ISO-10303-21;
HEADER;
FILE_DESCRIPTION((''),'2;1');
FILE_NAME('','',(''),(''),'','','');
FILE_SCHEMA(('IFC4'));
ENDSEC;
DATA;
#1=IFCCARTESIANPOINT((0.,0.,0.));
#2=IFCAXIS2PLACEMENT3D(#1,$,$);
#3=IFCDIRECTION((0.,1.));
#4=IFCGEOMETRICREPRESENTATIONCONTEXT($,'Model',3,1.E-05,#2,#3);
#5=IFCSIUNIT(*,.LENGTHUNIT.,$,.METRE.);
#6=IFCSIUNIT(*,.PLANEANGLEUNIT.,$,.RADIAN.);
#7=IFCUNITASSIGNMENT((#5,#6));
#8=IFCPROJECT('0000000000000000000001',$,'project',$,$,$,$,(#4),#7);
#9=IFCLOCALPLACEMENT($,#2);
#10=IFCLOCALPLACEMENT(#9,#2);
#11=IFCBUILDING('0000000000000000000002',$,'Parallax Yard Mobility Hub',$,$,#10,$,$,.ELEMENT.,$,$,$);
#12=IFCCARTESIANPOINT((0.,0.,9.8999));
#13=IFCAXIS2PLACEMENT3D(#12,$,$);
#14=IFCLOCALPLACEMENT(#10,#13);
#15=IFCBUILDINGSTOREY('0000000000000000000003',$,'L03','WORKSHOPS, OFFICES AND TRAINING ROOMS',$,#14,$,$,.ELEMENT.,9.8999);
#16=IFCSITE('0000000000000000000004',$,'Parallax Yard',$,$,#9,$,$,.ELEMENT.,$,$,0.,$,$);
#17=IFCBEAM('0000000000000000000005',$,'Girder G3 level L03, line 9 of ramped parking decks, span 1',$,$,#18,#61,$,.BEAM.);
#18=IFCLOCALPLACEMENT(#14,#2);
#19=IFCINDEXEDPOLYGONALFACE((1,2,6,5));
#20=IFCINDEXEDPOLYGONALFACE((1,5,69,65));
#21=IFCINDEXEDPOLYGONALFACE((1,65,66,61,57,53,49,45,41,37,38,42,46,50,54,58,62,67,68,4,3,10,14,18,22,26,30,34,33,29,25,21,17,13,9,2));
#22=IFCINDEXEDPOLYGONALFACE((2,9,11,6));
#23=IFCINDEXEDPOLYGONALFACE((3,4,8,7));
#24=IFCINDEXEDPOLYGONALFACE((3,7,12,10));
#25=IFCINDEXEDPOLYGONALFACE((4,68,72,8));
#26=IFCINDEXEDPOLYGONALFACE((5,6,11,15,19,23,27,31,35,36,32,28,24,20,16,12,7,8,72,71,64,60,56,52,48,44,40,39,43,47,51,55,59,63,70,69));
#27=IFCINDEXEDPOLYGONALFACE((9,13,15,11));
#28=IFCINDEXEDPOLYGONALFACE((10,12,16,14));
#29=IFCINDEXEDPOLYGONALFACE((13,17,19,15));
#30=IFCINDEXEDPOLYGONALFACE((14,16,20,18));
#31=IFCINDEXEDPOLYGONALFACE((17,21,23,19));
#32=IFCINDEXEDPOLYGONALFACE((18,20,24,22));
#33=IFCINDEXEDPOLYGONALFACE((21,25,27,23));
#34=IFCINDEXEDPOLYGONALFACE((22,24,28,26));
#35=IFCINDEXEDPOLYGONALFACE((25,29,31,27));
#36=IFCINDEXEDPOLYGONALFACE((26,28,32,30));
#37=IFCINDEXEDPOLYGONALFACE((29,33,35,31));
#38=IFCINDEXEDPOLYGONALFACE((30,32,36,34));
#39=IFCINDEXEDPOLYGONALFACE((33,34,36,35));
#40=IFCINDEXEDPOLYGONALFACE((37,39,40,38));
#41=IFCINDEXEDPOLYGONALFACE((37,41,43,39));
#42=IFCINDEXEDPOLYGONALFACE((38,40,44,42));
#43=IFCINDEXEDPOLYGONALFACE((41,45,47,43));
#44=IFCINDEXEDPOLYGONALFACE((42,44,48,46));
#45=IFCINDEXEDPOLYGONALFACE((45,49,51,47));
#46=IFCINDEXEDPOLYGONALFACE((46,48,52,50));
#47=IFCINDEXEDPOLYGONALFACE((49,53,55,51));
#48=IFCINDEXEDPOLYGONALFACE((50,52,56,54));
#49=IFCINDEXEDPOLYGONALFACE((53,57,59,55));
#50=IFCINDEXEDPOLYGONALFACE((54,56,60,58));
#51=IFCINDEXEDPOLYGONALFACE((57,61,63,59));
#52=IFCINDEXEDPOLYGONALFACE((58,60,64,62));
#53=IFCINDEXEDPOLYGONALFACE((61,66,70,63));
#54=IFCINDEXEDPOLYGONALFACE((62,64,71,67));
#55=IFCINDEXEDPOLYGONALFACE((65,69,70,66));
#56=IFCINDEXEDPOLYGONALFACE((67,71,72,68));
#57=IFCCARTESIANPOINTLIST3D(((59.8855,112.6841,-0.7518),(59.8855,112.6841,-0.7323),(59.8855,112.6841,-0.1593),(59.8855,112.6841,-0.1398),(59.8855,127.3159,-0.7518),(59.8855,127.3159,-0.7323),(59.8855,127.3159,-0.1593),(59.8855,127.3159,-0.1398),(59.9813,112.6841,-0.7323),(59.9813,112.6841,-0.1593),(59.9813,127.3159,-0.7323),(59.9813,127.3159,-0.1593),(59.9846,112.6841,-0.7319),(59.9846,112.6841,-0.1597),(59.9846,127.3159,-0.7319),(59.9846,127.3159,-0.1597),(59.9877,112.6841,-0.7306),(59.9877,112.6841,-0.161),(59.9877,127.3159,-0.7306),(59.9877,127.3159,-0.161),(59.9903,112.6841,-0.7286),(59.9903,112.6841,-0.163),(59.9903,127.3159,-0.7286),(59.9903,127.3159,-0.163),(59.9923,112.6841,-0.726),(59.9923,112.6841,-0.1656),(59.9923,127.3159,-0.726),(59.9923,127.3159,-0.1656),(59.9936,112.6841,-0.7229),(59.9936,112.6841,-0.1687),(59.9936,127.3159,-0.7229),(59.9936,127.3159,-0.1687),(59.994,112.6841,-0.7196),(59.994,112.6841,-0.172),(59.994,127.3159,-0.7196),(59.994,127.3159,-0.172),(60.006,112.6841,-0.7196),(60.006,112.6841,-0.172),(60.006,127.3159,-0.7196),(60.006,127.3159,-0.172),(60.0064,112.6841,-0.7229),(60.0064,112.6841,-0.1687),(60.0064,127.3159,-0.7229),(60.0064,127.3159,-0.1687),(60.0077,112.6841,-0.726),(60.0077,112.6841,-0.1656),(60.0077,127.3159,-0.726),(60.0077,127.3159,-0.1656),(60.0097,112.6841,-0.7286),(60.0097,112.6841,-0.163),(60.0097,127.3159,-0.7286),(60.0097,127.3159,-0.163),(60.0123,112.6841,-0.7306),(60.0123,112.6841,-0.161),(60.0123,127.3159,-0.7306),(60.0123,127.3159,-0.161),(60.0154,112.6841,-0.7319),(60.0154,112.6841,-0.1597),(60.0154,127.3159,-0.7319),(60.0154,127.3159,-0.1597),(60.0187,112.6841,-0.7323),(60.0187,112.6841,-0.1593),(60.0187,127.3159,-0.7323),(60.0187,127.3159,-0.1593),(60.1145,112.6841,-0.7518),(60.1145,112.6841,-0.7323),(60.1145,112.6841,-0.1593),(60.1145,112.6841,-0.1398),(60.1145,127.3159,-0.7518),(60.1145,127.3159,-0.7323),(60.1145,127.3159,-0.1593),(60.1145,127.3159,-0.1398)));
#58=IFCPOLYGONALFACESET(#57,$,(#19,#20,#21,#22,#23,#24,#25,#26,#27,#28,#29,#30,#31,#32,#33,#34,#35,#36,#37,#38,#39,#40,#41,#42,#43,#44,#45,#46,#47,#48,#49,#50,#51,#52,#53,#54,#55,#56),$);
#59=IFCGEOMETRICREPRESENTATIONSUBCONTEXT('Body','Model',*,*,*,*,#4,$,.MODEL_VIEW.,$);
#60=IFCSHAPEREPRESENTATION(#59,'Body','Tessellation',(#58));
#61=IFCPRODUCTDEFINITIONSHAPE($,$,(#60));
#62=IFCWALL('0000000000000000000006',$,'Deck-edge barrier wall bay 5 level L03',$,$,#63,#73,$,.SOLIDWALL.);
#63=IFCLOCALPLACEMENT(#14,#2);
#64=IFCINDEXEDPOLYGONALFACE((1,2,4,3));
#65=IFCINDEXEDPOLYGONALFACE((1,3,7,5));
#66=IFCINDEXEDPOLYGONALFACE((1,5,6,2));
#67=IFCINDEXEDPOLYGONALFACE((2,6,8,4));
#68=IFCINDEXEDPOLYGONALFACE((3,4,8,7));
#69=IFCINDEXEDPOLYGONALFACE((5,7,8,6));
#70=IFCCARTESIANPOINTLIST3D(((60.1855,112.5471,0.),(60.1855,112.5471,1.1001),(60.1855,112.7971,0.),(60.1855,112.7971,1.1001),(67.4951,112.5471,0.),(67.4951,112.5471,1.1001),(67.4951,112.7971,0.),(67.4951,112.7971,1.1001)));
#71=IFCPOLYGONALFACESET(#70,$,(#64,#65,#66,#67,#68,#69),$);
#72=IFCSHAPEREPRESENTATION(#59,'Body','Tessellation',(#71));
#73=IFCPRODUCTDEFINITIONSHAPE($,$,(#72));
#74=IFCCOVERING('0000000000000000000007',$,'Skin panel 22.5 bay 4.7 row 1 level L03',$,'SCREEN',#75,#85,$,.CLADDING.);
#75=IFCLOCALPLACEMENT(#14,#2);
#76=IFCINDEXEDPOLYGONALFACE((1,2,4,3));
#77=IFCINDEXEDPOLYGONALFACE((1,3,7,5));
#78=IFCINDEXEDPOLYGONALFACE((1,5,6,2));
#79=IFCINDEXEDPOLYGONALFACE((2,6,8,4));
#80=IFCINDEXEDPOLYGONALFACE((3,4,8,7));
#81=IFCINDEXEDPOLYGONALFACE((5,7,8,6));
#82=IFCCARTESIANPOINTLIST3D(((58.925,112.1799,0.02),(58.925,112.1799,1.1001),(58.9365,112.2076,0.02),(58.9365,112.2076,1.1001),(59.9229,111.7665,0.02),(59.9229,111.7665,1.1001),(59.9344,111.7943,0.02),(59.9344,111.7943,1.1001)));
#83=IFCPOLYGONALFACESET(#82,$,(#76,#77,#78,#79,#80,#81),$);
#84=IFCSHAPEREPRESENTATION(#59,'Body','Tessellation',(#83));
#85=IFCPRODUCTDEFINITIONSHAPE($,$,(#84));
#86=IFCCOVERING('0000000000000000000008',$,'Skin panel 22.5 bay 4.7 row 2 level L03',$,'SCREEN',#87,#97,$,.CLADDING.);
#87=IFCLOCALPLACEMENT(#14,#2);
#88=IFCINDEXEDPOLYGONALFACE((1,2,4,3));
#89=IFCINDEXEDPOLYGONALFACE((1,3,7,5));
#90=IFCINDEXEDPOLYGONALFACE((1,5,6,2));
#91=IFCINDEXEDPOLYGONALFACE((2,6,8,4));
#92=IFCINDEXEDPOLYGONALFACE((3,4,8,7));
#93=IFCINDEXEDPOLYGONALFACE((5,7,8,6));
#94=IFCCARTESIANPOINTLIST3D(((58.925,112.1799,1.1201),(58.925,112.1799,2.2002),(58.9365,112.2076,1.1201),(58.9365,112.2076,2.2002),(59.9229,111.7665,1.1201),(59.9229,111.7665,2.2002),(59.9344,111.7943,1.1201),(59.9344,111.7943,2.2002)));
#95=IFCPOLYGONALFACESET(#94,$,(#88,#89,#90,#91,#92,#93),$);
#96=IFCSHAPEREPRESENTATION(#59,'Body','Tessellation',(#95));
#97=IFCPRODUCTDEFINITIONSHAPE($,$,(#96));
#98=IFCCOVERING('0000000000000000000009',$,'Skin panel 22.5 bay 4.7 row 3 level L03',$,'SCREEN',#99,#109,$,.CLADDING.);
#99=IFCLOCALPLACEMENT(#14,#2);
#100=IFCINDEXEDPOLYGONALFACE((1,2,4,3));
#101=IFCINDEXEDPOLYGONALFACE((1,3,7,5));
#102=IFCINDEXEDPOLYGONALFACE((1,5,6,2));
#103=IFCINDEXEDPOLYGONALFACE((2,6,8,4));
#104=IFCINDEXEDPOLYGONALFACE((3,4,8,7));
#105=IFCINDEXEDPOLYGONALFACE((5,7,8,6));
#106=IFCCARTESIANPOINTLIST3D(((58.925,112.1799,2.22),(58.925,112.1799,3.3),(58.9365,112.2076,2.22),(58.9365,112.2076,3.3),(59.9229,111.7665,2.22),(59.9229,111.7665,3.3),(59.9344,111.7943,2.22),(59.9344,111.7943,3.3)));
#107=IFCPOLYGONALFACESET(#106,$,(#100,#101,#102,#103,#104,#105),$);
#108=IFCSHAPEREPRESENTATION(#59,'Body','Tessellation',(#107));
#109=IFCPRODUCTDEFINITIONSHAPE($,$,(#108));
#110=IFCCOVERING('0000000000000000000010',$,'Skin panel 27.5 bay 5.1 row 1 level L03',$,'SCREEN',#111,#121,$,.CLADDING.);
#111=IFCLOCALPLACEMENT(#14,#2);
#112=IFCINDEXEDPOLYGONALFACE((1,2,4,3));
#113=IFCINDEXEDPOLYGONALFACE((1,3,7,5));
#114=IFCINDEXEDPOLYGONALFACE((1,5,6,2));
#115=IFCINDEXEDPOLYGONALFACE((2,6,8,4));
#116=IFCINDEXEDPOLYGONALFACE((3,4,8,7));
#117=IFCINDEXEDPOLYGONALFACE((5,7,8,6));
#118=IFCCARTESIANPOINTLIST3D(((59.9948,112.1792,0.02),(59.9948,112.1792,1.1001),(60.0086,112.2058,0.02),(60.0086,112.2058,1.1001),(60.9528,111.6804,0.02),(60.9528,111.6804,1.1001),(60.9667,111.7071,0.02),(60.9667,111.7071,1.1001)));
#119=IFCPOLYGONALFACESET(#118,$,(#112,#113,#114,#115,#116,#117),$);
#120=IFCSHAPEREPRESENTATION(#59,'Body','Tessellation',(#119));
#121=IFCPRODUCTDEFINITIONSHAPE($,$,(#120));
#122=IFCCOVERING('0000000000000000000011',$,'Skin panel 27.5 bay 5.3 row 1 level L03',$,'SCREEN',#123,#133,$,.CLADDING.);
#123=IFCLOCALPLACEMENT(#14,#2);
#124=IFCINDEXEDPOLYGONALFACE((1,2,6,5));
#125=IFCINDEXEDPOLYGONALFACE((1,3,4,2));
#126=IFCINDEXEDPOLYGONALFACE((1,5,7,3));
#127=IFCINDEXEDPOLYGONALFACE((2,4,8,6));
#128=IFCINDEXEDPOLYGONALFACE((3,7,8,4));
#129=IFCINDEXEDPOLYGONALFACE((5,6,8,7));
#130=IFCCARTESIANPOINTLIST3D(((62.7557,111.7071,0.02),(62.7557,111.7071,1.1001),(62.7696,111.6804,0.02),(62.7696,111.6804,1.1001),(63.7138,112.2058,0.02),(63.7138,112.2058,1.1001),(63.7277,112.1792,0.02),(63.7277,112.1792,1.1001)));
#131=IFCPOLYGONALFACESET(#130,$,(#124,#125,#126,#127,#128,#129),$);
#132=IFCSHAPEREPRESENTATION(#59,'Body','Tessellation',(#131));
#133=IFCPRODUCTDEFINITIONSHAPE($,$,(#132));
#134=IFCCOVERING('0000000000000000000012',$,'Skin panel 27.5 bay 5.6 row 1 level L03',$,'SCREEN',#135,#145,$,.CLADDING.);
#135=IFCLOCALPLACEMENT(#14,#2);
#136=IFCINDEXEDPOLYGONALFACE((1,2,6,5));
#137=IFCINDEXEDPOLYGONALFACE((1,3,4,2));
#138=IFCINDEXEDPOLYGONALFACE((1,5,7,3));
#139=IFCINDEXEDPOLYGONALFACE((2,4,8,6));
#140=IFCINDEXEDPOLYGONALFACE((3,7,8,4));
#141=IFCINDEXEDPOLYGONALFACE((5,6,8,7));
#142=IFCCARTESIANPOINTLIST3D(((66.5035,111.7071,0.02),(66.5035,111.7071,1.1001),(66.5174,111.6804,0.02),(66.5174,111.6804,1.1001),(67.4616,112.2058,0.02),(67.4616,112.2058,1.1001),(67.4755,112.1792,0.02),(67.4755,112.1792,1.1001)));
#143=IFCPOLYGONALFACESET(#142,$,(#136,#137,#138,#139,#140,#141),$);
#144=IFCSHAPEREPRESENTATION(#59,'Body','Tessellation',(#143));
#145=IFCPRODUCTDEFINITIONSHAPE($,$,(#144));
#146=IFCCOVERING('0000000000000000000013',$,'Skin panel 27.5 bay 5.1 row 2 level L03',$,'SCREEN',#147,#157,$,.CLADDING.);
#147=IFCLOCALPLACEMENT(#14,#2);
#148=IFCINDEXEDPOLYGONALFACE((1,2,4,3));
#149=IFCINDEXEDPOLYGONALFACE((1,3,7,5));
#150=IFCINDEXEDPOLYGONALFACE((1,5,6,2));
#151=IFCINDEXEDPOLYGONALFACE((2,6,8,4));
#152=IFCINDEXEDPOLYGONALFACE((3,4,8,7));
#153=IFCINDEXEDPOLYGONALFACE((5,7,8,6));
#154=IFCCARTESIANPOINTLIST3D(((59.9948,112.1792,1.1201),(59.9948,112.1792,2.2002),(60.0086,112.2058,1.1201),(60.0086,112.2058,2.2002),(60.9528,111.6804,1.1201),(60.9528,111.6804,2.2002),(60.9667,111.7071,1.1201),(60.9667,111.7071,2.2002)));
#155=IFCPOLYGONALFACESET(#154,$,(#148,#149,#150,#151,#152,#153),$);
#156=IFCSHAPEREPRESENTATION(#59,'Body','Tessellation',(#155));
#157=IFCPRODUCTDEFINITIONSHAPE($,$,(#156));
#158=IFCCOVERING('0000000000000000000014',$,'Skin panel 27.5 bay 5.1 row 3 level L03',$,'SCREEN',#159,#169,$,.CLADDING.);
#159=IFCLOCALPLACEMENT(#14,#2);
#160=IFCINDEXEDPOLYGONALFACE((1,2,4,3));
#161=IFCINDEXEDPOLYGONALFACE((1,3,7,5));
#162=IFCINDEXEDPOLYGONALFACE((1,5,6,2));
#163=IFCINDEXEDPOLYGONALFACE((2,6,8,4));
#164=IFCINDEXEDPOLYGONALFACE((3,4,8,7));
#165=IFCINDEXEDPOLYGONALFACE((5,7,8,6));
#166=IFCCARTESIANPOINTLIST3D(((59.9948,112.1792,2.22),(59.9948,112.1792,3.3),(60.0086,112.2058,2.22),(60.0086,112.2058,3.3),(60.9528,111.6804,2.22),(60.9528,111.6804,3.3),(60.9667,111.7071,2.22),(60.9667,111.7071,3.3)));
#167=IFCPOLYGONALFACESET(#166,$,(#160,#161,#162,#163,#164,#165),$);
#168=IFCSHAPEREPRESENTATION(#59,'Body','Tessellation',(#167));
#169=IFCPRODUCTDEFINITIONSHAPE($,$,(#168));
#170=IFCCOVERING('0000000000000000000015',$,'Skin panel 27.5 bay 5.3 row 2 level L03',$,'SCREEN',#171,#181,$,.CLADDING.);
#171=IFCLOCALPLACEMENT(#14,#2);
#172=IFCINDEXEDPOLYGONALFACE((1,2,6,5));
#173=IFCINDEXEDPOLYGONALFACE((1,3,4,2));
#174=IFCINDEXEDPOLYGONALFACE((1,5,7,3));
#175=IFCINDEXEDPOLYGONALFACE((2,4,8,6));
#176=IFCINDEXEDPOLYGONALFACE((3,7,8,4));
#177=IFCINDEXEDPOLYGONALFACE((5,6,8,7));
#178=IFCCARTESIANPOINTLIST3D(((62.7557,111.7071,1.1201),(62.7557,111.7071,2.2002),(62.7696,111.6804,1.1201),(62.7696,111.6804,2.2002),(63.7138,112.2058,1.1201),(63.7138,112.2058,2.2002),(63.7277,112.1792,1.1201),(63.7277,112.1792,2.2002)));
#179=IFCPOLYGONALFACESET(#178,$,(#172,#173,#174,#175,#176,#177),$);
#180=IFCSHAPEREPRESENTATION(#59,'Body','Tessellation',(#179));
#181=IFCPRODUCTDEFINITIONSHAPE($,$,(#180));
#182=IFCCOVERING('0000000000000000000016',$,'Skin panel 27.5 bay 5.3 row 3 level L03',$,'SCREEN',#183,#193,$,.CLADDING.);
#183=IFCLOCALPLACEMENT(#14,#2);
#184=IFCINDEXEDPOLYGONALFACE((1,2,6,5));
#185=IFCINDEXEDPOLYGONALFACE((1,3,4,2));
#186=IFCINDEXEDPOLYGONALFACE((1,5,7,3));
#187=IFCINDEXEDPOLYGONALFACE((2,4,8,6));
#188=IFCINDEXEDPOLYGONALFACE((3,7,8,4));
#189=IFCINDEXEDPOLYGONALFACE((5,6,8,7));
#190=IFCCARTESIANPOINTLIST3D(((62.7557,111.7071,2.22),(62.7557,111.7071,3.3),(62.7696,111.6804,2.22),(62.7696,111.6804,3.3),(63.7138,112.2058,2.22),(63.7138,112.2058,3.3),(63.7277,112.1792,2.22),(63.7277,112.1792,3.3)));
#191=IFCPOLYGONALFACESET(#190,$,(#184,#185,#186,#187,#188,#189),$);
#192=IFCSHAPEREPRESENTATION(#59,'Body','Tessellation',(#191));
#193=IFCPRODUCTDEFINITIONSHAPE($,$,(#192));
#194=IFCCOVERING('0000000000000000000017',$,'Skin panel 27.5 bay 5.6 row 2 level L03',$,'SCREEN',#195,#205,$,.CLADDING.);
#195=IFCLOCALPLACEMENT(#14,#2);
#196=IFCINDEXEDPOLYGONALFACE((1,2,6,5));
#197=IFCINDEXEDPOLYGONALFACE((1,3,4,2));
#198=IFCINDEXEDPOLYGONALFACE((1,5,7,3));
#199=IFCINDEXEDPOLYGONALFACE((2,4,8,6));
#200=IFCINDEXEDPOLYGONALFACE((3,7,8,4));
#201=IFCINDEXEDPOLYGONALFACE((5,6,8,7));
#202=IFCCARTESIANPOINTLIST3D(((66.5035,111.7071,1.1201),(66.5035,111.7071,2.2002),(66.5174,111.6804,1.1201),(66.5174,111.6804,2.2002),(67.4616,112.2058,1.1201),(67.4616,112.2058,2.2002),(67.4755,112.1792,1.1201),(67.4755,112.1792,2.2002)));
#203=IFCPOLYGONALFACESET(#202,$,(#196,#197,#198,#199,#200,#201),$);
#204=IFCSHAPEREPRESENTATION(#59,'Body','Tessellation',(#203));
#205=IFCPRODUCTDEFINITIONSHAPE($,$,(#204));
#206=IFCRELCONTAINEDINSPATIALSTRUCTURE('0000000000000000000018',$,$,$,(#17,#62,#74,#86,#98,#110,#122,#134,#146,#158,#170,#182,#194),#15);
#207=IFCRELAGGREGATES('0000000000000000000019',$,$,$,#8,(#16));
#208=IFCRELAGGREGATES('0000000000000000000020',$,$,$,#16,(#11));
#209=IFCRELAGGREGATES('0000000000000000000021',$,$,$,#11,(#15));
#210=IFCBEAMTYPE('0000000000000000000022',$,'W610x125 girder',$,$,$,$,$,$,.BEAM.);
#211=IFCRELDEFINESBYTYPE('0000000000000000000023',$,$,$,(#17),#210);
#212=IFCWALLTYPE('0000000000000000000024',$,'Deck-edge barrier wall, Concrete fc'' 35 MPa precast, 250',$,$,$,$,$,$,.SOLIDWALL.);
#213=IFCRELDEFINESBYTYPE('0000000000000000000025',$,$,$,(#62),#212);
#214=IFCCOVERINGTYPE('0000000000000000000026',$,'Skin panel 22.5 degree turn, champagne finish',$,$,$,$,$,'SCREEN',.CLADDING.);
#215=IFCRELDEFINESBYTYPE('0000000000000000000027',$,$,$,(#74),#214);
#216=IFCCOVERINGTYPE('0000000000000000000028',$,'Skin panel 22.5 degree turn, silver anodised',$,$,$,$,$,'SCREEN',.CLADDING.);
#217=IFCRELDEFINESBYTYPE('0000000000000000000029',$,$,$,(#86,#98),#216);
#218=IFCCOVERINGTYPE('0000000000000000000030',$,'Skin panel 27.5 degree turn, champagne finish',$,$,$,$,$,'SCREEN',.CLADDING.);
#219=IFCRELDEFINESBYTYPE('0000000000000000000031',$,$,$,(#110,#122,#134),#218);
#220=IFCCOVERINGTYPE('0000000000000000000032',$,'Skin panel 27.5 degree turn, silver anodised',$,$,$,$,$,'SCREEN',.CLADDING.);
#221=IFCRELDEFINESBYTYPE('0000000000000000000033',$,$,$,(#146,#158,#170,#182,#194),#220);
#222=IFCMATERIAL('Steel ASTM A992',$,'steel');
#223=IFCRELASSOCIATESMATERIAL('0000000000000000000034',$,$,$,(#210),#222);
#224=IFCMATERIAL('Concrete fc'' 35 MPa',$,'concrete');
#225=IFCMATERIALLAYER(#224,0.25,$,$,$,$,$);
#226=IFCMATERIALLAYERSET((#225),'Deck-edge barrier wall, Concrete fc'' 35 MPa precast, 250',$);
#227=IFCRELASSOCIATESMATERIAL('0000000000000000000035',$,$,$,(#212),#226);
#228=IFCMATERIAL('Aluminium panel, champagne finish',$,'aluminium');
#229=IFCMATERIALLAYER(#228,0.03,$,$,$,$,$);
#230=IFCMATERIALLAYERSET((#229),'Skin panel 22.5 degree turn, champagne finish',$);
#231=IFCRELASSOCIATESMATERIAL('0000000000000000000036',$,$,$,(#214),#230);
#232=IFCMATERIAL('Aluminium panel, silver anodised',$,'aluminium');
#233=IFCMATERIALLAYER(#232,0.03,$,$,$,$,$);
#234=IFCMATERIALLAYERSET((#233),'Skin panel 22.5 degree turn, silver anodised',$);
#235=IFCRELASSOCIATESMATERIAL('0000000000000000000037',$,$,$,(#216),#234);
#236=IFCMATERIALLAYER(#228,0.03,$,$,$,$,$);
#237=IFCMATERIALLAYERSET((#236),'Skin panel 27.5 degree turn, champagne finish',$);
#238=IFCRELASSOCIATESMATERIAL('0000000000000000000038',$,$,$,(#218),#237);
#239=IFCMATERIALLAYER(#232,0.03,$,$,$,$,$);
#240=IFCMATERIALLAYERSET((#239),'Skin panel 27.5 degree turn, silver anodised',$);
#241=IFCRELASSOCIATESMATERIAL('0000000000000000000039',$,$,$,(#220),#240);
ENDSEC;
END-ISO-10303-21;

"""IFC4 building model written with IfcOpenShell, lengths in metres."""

from ifc_helpers import new_model, si_unit, direction, frame, frame_2d, origin, origin_2d, place, context, subcontext, project, spatial, rectangle, i_section, extrude, material, layer, layer_set, material_profile, profile_set, type_object, element, save


model = new_model("IFC4")

# Units and contexts
model_context = context("Model", 3, precision=1e-05, world=origin(), true_north=direction((0.0, 1.0)))
body_context = subcontext(model_context, "Body", "Model", "MODEL_VIEW")
ifc_project = project(units=[si_unit("LENGTHUNIT", "METRE"), si_unit("PLANEANGLEUNIT", "RADIAN")], contexts=[model_context])

# Site, building, storey
site_placement = place(None, origin())
site = spatial("IfcSite", under=ifc_project, at=site_placement, Name="Parallax Yard", CompositionType="ELEMENT", RefElevation=0.0)
building_placement = place(site_placement, origin())
building = spatial("IfcBuilding", under=site, at=building_placement, Name="Parallax Yard Mobility Hub", CompositionType="ELEMENT")
storey_placement = place(building_placement, frame((0.0, 0.0, 9.8999)))
storey = spatial("IfcBuildingStorey", under=building, at=storey_placement, Name="L03", Description="WORKSHOPS, OFFICES AND TRAINING ROOMS", CompositionType="ELEMENT", Elevation=9.8999)

# Shared definitions
ifc_material_1 = material(Name="Steel ASTM A992", Category="steel")

# Beam
ifc_material_profile_1 = material_profile(ifc_material_1, i_section(OverallWidth=0.229, OverallDepth=0.6121, WebThickness=0.012, FlangeThickness=0.0195, FilletRadius=0.0127, at=origin_2d()), Name="W610x125")
ifc_profile_set_1 = profile_set([ifc_material_profile_1], Name="Steel ASTM A992")
beam_type_1 = type_object("IfcBeamType", Name="W610x125 girder", PredefinedType="BEAM", material=ifc_profile_set_1)
beam_1_placement = place(storey_placement, frame((60.0, 112.6841, -0.4458), z_axis=(0.0, 1.0, 0.0), x_axis=(-1.0, 0.0, 0.0)))
element("IfcBeam", 1, at=beam_1_placement, inside=storey, type_object=beam_type_1, Name="Girder G3 level L03, line 9 of ramped parking decks, span 1", PredefinedType="BEAM", context=body_context, shape_type="SweptSolid", body=[
    extrude(i_section(OverallWidth=0.229, OverallDepth=0.6121, WebThickness=0.012, FlangeThickness=0.0195, FilletRadius=0.0127, at=origin_2d()), origin(), (0.0, 0.0, 1.0), 14.6318),
])

# Wall
ifc_material_2 = material(Name="Concrete fc' 35 MPa", Category="concrete")
ifc_layer_1 = layer(ifc_material_2, 0.25)
ifc_layer_set_1 = layer_set([ifc_layer_1], Name="Deck-edge barrier wall, Concrete fc' 35 MPa precast, 250")
wall_type = type_object("IfcWallType", Name="Deck-edge barrier wall, Concrete fc' 35 MPa precast, 250", PredefinedType="SOLIDWALL", material=ifc_layer_set_1)
wall_placement = place(storey_placement, frame((60.1855, 112.6721, 0.0), z_axis=(0.0, 0.0, 1.0), x_axis=(1.0, 0.0, 0.0)))
element("IfcWall", 2, at=wall_placement, inside=storey, type_object=wall_type, Name="Deck-edge barrier wall bay 5 level L03", PredefinedType="SOLIDWALL", context=body_context, shape_type="SweptSolid", body=[
    extrude(rectangle(XDim=7.3096, YDim=0.25, at=frame_2d((3.6548, 0.0))), origin(), (0.0, 0.0, 1.0), 1.1001),
])

# Coverings
ifc_material_3 = material(Name="Aluminium panel, champagne finish", Category="aluminium")
ifc_layer_2 = layer(ifc_material_3, 0.03)
ifc_layer_set_2 = layer_set([ifc_layer_2], Name="Skin panel 22.5 degree turn, champagne finish")
covering_type_1 = type_object("IfcCoveringType", Name="Skin panel 22.5 degree turn, champagne finish", ElementType="SCREEN", PredefinedType="CLADDING", material=ifc_layer_set_2)
covering_placement = place(storey_placement, frame((59.4297, 111.9871, 0.02), z_axis=(0.0, 0.0, 1.0), x_axis=(0.92388, -0.382683, 0.0)))
element("IfcCovering", 3, at=covering_placement, inside=storey, type_object=covering_type_1, Name="Skin panel 22.5 bay 4.7 row 1 level L03", ObjectType="SCREEN", PredefinedType="CLADDING", context=body_context, shape_type="SweptSolid", body=[
    extrude(rectangle(XDim=1.0801, YDim=0.03, at=origin_2d()), origin(), (0.0, 0.0, 1.0), 1.0801),
])
ifc_material_4 = material(Name="Aluminium panel, silver anodised", Category="aluminium")
ifc_layer_3 = layer(ifc_material_4, 0.03)
ifc_layer_set_3 = layer_set([ifc_layer_3], Name="Skin panel 22.5 degree turn, silver anodised")
covering_type_2 = type_object("IfcCoveringType", Name="Skin panel 22.5 degree turn, silver anodised", ElementType="SCREEN", PredefinedType="CLADDING", material=ifc_layer_set_3)
for number, where, z_axis, x_axis, name in (
    (4, (59.4297, 111.9871, 1.1201), (0.0, 0.0, 1.0), (0.92388, -0.382683, 0.0), "Skin panel 22.5 bay 4.7 row 2 level L03"),
    (5, (59.4297, 111.9871, 2.22), (0.0, 0.0, 1.0), (0.92388, -0.382683, 0.0), "Skin panel 22.5 bay 4.7 row 3 level L03"),
):
    element("IfcCovering", number, at=place(storey_placement, frame(where, z_axis=z_axis, x_axis=x_axis)), inside=storey, type_object=covering_type_2, Name=name, ObjectType="SCREEN", PredefinedType="CLADDING", context=body_context, shape_type="SweptSolid", body=[
        extrude(rectangle(XDim=1.0801, YDim=0.03, at=origin_2d()), origin(), (0.0, 0.0, 1.0), 1.0801),
    ])
ifc_layer_4 = layer(ifc_material_3, 0.03)
ifc_layer_set_4 = layer_set([ifc_layer_4], Name="Skin panel 27.5 degree turn, champagne finish")
covering_type_3 = type_object("IfcCoveringType", Name="Skin panel 27.5 degree turn, champagne finish", ElementType="SCREEN", PredefinedType="CLADDING", material=ifc_layer_set_4)
for number, where, z_axis, x_axis, name in (
    (6, (60.4807, 111.9431, 0.02), (0.0, 0.0, 1.0), (0.887011, -0.461749, 0.0), "Skin panel 27.5 bay 5.1 row 1 level L03"),
    (7, (63.2417, 111.9431, 0.02), (0.0, 0.0, 1.0), (-0.887011, -0.461749, 0.0), "Skin panel 27.5 bay 5.3 row 1 level L03"),
    (8, (66.9895, 111.9431, 0.02), (0.0, 0.0, 1.0), (-0.887011, -0.461749, 0.0), "Skin panel 27.5 bay 5.6 row 1 level L03"),
):
    element("IfcCovering", number, at=place(storey_placement, frame(where, z_axis=z_axis, x_axis=x_axis)), inside=storey, type_object=covering_type_3, Name=name, ObjectType="SCREEN", PredefinedType="CLADDING", context=body_context, shape_type="SweptSolid", body=[
        extrude(rectangle(XDim=1.0801, YDim=0.03, at=origin_2d()), origin(), (0.0, 0.0, 1.0), 1.0801),
    ])
ifc_layer_5 = layer(ifc_material_4, 0.03)
ifc_layer_set_5 = layer_set([ifc_layer_5], Name="Skin panel 27.5 degree turn, silver anodised")
covering_type_4 = type_object("IfcCoveringType", Name="Skin panel 27.5 degree turn, silver anodised", ElementType="SCREEN", PredefinedType="CLADDING", material=ifc_layer_set_5)
for number, where, z_axis, x_axis, name in (
    (9, (60.4807, 111.9431, 1.1201), (0.0, 0.0, 1.0), (0.887011, -0.461749, 0.0), "Skin panel 27.5 bay 5.1 row 2 level L03"),
    (10, (60.4807, 111.9431, 2.22), (0.0, 0.0, 1.0), (0.887011, -0.461749, 0.0), "Skin panel 27.5 bay 5.1 row 3 level L03"),
    (11, (63.2417, 111.9431, 1.1201), (0.0, 0.0, 1.0), (-0.887011, -0.461749, 0.0), "Skin panel 27.5 bay 5.3 row 2 level L03"),
    (12, (63.2417, 111.9431, 2.22), (0.0, 0.0, 1.0), (-0.887011, -0.461749, 0.0), "Skin panel 27.5 bay 5.3 row 3 level L03"),
    (13, (66.9895, 111.9431, 1.1201), (0.0, 0.0, 1.0), (-0.887011, -0.461749, 0.0), "Skin panel 27.5 bay 5.6 row 2 level L03"),
):
    element("IfcCovering", number, at=place(storey_placement, frame(where, z_axis=z_axis, x_axis=x_axis)), inside=storey, type_object=covering_type_4, Name=name, ObjectType="SCREEN", PredefinedType="CLADDING", context=body_context, shape_type="SweptSolid", body=[
        extrude(rectangle(XDim=1.0801, YDim=0.03, at=origin_2d()), origin(), (0.0, 0.0, 1.0), 1.0801),
    ])

save(model, "model.ifc")
